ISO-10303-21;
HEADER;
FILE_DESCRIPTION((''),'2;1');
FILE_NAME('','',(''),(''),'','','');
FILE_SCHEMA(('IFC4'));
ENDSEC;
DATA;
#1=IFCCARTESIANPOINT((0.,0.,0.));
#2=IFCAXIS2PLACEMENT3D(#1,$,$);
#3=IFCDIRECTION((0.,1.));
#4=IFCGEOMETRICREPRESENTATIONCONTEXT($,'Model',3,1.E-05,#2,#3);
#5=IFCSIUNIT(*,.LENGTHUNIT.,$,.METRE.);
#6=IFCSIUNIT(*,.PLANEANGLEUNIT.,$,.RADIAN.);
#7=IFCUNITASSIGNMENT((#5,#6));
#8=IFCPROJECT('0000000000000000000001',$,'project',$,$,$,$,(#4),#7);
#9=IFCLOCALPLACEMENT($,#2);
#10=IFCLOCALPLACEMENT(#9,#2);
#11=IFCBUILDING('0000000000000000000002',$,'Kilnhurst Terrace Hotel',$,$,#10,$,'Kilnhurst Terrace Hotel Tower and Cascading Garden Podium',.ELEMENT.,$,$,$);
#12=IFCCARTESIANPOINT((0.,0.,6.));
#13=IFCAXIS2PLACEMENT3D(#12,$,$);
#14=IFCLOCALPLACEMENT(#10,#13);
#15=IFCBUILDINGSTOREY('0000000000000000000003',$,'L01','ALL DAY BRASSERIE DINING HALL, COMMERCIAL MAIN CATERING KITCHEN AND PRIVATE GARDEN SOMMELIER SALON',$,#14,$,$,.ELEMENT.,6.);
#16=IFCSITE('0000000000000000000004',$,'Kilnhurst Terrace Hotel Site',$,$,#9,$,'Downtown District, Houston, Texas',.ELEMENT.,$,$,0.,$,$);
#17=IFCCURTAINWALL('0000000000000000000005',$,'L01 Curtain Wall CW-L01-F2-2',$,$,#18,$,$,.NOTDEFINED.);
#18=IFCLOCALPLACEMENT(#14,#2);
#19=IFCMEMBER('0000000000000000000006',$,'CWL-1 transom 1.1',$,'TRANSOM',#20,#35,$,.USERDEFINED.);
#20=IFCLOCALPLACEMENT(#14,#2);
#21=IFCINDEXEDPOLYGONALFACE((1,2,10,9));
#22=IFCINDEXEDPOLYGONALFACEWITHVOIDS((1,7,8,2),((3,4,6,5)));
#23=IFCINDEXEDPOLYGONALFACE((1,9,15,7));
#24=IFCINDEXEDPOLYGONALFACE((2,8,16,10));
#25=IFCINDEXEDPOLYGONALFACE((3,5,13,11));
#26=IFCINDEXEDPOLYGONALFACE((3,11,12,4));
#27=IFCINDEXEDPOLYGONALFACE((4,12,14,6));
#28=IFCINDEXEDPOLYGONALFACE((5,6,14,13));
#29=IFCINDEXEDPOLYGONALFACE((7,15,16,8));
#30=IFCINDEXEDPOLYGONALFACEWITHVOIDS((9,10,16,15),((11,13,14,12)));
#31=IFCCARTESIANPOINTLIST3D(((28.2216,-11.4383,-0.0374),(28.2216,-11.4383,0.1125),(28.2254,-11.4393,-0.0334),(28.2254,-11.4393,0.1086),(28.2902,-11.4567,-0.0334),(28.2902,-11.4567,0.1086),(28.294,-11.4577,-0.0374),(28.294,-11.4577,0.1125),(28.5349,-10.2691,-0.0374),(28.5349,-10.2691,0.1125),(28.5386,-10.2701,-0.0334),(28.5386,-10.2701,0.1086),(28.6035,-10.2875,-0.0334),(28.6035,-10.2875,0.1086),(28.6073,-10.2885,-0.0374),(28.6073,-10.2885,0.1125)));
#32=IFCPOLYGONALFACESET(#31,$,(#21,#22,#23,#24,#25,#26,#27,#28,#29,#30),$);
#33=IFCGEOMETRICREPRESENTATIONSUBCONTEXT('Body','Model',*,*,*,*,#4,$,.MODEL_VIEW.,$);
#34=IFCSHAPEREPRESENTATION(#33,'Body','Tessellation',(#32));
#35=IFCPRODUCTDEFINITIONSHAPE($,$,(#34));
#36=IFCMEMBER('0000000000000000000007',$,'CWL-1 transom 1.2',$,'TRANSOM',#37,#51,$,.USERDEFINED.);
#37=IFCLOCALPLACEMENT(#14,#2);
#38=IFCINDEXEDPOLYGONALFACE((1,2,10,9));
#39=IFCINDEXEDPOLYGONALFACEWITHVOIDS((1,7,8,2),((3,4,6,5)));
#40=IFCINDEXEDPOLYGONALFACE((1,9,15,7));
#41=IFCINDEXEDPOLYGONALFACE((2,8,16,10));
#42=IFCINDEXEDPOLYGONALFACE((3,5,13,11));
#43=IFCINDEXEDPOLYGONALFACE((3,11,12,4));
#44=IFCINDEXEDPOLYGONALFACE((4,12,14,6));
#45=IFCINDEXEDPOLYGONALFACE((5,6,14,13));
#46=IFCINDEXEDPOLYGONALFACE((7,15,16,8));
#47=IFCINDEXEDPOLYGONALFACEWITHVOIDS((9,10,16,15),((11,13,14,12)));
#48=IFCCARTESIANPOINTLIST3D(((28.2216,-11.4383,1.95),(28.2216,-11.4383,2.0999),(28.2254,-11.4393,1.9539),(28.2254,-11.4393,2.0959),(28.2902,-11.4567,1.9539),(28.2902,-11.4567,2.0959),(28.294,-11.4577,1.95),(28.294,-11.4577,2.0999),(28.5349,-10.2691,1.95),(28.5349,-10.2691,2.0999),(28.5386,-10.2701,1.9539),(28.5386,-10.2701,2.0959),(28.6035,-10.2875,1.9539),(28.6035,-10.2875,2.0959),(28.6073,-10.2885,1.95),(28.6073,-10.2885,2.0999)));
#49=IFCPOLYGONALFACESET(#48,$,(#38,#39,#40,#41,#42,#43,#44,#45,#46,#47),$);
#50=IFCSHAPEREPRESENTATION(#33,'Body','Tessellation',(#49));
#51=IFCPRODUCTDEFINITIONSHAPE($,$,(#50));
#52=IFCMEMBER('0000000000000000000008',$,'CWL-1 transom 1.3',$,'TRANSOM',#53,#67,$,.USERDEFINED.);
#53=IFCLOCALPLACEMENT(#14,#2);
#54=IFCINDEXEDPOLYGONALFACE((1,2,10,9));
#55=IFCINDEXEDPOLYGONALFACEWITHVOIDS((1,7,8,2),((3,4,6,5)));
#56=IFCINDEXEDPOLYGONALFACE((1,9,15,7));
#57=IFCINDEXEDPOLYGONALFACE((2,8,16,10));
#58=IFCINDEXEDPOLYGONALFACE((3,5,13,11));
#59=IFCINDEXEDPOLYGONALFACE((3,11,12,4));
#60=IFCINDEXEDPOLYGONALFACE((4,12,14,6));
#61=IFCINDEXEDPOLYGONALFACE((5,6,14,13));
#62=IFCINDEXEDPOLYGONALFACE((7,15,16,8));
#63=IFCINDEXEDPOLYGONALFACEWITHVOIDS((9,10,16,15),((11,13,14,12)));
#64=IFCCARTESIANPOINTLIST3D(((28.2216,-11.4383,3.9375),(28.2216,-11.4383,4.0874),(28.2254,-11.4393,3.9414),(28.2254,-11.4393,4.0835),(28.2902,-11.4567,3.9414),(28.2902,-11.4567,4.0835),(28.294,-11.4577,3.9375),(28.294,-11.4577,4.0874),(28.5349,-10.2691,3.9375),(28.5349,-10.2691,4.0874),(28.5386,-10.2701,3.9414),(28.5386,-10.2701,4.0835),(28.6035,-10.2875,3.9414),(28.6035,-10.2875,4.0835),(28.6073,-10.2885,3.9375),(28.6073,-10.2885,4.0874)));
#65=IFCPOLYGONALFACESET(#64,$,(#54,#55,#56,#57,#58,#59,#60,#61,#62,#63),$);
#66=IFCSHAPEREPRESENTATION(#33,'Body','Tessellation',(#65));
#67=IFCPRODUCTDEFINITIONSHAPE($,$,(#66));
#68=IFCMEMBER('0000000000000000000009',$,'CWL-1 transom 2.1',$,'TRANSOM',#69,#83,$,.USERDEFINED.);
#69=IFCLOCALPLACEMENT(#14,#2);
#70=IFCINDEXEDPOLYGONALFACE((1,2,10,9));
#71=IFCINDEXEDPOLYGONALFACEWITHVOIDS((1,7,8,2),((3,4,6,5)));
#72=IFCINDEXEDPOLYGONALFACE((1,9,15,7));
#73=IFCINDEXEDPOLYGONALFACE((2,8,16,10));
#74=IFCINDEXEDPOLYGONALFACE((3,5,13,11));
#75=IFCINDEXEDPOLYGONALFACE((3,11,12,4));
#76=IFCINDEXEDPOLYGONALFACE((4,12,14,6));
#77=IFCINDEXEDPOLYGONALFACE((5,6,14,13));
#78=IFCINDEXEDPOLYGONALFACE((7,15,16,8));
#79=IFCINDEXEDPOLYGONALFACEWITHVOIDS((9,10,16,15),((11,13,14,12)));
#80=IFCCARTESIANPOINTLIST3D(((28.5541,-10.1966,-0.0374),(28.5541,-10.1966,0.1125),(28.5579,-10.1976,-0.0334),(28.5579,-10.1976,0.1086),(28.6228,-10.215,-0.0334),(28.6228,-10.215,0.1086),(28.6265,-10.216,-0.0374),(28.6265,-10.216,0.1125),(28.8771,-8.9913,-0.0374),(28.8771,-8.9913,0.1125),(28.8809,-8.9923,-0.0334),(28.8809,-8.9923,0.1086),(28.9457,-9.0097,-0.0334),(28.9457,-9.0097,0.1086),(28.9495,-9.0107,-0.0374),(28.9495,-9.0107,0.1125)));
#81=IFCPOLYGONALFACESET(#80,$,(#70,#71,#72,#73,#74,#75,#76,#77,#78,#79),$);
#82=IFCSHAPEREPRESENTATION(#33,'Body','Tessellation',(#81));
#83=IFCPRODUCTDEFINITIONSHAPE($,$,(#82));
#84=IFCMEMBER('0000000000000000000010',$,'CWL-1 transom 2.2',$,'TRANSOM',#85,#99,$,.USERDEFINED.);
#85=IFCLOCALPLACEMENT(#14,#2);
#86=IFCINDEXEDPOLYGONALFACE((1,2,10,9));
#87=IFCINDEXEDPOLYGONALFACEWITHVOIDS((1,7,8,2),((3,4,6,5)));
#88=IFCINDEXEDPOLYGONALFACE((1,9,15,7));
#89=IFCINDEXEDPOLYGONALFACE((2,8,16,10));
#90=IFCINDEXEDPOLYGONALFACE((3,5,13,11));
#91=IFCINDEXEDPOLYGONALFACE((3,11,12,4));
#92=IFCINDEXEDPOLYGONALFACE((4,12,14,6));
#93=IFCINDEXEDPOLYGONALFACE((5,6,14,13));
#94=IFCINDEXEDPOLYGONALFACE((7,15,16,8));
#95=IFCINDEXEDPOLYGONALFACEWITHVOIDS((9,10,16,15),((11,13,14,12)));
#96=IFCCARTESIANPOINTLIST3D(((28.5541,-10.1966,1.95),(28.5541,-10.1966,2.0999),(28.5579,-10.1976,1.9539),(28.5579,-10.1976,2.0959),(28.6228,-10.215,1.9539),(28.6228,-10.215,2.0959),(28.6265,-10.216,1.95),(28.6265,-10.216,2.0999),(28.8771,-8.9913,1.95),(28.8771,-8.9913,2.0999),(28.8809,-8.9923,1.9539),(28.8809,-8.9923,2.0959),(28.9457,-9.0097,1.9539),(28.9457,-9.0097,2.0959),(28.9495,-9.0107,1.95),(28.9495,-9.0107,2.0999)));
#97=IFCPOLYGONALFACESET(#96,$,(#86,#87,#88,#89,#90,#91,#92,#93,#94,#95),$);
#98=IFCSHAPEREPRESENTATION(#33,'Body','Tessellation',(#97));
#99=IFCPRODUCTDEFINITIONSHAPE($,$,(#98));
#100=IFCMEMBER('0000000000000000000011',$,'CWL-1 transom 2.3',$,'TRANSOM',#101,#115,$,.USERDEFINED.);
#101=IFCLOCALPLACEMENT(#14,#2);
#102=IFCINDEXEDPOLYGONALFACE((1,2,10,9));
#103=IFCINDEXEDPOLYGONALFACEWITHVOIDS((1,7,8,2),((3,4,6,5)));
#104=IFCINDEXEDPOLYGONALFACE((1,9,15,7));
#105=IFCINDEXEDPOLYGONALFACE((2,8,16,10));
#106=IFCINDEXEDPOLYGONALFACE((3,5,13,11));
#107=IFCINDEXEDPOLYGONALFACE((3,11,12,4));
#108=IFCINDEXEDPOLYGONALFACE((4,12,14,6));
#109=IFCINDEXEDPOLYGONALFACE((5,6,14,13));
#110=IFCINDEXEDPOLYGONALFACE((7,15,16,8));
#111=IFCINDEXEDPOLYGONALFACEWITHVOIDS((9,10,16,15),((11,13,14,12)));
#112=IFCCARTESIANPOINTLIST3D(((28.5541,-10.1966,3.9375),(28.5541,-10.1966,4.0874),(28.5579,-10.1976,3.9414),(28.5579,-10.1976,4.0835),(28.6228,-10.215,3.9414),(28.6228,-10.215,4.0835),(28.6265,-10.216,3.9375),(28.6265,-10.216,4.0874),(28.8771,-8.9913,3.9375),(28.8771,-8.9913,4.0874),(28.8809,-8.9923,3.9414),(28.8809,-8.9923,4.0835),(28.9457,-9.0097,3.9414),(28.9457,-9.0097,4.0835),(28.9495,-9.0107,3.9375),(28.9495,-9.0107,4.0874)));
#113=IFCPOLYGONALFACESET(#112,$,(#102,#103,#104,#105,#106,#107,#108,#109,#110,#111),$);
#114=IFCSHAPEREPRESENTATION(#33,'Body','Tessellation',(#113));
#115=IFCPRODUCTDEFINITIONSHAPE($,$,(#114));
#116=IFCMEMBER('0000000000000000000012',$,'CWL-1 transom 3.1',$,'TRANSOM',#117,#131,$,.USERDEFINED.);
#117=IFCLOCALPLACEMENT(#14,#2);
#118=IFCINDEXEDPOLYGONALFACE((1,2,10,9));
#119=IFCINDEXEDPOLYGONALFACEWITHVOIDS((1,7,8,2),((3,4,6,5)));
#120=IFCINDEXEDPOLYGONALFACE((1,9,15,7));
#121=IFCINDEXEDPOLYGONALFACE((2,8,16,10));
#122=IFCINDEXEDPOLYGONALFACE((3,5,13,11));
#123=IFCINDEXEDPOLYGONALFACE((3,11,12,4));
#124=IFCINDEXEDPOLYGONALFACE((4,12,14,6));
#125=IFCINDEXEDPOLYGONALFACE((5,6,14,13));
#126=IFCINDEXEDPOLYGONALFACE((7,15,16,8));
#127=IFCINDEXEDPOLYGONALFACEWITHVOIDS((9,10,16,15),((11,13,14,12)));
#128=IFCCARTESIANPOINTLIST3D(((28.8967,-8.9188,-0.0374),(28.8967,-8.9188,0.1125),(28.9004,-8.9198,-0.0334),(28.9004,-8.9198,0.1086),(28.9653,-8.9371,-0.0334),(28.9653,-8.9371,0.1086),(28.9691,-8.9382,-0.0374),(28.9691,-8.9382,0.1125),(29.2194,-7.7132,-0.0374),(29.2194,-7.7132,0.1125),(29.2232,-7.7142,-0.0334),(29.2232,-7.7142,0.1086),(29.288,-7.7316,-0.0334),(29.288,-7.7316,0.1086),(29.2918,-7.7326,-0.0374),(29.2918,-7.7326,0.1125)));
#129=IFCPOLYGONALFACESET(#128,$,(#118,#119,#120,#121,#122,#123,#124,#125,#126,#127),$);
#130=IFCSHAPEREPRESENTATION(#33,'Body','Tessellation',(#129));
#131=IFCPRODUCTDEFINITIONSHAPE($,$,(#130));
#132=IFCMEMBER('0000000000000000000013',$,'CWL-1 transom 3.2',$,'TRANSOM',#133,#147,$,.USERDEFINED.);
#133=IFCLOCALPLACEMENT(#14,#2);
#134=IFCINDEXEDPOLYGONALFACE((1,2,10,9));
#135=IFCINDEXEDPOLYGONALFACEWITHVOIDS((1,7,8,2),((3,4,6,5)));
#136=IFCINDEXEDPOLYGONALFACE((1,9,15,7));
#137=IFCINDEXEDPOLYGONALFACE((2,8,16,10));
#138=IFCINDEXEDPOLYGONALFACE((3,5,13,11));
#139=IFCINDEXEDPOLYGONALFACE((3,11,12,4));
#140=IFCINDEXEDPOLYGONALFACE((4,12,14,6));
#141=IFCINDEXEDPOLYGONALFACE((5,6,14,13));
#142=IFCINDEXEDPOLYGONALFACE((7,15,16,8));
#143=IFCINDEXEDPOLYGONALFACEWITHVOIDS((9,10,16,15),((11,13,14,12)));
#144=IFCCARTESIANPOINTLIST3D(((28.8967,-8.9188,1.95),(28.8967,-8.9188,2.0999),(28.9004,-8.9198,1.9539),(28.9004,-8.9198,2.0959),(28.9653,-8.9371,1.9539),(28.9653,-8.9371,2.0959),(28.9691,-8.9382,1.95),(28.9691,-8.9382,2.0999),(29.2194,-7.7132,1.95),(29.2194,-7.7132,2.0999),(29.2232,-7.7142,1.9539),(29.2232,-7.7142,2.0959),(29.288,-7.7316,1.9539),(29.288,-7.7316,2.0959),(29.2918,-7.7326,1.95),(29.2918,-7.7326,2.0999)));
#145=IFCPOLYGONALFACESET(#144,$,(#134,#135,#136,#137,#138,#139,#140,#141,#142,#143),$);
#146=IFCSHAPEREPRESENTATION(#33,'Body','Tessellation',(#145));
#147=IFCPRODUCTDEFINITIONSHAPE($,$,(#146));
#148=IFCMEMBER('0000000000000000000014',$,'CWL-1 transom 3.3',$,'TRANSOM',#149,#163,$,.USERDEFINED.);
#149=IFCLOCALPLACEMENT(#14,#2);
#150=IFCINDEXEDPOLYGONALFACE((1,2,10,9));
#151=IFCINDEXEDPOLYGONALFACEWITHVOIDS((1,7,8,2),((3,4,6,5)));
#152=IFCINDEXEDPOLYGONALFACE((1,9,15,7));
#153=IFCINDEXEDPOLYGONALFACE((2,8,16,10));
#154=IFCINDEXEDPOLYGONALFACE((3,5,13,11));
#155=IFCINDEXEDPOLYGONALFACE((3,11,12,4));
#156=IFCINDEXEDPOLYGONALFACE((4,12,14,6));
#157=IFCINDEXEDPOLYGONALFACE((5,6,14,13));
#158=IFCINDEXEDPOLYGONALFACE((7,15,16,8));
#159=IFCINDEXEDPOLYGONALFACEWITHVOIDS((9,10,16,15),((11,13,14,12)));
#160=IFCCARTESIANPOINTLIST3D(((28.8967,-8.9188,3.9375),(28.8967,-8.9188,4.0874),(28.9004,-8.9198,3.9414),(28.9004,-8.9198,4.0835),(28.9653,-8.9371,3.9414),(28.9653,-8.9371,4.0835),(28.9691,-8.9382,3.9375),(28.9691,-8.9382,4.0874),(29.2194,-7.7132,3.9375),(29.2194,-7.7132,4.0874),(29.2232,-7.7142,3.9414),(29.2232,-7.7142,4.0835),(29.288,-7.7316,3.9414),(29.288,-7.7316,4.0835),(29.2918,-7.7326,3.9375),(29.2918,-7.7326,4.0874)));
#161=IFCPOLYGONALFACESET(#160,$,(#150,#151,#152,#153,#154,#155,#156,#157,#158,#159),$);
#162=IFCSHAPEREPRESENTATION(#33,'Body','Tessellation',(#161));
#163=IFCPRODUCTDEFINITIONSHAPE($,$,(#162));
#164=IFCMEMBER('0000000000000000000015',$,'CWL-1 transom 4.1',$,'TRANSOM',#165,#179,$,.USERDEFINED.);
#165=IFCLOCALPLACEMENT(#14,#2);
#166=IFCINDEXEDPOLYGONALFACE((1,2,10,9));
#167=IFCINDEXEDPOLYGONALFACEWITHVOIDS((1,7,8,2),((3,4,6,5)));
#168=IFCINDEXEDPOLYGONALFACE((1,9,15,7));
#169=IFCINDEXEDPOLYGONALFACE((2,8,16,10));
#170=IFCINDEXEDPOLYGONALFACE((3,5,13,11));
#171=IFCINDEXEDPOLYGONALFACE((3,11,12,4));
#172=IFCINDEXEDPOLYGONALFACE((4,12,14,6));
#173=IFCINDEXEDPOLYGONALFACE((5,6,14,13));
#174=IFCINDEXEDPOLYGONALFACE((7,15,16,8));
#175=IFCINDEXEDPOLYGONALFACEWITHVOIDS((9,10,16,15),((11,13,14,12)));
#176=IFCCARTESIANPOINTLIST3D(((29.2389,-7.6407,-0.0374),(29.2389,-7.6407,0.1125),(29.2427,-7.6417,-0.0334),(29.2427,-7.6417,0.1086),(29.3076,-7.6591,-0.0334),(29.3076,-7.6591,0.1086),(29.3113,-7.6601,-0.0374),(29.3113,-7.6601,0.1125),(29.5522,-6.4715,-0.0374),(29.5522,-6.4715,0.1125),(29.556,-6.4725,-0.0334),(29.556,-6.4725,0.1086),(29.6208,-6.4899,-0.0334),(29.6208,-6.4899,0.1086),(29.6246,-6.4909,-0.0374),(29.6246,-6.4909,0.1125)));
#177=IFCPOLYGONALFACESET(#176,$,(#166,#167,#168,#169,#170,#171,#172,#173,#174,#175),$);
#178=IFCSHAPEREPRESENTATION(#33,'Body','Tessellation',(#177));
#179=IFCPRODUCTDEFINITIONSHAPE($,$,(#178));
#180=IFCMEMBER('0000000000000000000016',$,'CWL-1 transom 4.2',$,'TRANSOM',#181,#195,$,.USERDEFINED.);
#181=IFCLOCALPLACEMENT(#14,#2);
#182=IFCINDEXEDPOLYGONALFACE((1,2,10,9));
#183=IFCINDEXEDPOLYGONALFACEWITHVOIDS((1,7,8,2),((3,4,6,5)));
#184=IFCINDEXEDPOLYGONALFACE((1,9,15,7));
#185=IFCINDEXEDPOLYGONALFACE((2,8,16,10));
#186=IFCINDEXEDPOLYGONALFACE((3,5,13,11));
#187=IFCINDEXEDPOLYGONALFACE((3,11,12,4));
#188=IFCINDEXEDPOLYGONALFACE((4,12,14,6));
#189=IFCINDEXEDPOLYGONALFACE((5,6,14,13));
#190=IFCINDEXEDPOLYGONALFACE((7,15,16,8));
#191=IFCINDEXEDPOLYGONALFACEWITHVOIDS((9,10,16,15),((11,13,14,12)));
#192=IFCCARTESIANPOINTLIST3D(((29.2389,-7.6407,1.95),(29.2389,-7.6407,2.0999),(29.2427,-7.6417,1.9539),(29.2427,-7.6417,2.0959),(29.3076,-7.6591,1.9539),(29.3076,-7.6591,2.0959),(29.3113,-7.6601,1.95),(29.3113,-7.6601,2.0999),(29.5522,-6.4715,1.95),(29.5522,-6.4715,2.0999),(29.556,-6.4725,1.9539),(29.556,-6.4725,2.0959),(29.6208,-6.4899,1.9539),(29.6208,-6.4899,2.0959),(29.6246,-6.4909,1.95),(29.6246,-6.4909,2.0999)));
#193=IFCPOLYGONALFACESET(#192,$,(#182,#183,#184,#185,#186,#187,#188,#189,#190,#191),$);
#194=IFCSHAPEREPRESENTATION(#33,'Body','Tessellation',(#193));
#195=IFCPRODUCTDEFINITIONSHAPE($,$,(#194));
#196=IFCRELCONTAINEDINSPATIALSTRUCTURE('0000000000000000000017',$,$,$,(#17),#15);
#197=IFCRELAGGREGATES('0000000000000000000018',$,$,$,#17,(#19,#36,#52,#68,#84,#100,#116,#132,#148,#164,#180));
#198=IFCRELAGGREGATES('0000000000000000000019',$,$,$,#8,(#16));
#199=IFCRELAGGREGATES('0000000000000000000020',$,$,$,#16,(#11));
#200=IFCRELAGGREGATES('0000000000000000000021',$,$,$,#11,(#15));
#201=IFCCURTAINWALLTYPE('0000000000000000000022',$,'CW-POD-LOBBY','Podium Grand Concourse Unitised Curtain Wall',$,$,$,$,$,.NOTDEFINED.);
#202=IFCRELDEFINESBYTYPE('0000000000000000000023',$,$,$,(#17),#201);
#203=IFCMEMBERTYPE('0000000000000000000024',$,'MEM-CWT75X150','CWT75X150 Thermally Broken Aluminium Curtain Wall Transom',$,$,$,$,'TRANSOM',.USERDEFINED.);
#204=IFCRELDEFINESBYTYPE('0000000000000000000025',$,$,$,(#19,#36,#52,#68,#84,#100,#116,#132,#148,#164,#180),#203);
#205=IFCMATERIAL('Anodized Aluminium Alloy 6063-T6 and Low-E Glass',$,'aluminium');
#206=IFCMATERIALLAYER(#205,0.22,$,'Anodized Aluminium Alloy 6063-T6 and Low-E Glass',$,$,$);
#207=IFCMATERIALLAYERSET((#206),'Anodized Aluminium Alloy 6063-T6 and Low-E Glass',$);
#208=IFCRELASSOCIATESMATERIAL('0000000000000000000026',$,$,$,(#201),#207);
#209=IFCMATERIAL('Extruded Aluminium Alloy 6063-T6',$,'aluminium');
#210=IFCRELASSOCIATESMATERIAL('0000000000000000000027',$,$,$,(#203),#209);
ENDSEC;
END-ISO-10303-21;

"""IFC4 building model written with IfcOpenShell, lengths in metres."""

from ifc_helpers import new_model, si_unit, direction, frame, origin, origin_2d, place, context, subcontext, project, spatial, hollow_rectangle, extrude, material, layer, layer_set, material_profile, profile_set, type_object, element, aggregate, save


model = new_model("IFC4")

# Units and contexts
model_context = context("Model", 3, precision=1e-05, world=origin(), true_north=direction((0.0, 1.0)))
body_context = subcontext(model_context, "Body", "Model", "MODEL_VIEW")
ifc_project = project(units=[si_unit("LENGTHUNIT", "METRE"), si_unit("PLANEANGLEUNIT", "RADIAN")], contexts=[model_context])

# Site, building, storey
site_placement = place(None, origin())
site = spatial("IfcSite", under=ifc_project, at=site_placement, Name="Kilnhurst Terrace Hotel Site", LongName="Downtown District, Houston, Texas", CompositionType="ELEMENT", RefElevation=0.0)
building_placement = place(site_placement, origin())
building = spatial("IfcBuilding", under=site, at=building_placement, Name="Kilnhurst Terrace Hotel", LongName="Kilnhurst Terrace Hotel Tower and Cascading Garden Podium", CompositionType="ELEMENT")
storey_placement = place(building_placement, frame((0.0, 0.0, 6.0)))
storey = spatial("IfcBuildingStorey", under=building, at=storey_placement, Name="L01", Description="ALL DAY BRASSERIE DINING HALL, COMMERCIAL MAIN CATERING KITCHEN AND PRIVATE GARDEN SOMMELIER SALON", CompositionType="ELEMENT", Elevation=6.0)

# Curtain wall, members
ifc_material_1 = material(Name="Anodized Aluminium Alloy 6063-T6 and Low-E Glass", Category="aluminium")
ifc_layer_1 = layer(ifc_material_1, 0.22, Name="Anodized Aluminium Alloy 6063-T6 and Low-E Glass")
ifc_layer_set_1 = layer_set([ifc_layer_1], Name="Anodized Aluminium Alloy 6063-T6 and Low-E Glass")
curtain_wall_type = type_object("IfcCurtainWallType", Name="CW-POD-LOBBY", Description="Podium Grand Concourse Unitised Curtain Wall", PredefinedType="NOTDEFINED", material=ifc_layer_set_1)
curtain_wall_placement = place(storey_placement, origin())
curtain_wall = element("IfcCurtainWall", 1, at=curtain_wall_placement, inside=storey, type_object=curtain_wall_type, Name="L01 Curtain Wall CW-L01-F2-2", PredefinedType="NOTDEFINED")
ifc_material_2 = material(Name="Extruded Aluminium Alloy 6063-T6", Category="aluminium")
ifc_material_profile_1 = material_profile(ifc_material_2, hollow_rectangle(XDim=0.075, YDim=0.1499, WallThickness=0.0039, at=origin_2d()), Name="CWT75X150")
ifc_profile_set_1 = profile_set([ifc_material_profile_1], Name="Extruded Aluminium Alloy 6063-T6")
member_type_1 = type_object("IfcMemberType", Name="MEM-CWT75X150", Description="CWT75X150 Thermally Broken Aluminium Curtain Wall Transom", ElementType="TRANSOM", PredefinedType="USERDEFINED", material=ifc_profile_set_1)
member_1_placement = place(storey_placement, frame((28.2578, -11.448, 0.0376), z_axis=(0.25878, 0.965936, 0.0), x_axis=(-0.965936, 0.25878, 0.0)))
member_1 = element("IfcMember", 2, at=member_1_placement, type_object=member_type_1, Name="CWL-1 transom 1.1", ObjectType="TRANSOM", PredefinedType="USERDEFINED", context=body_context, shape_type="SweptSolid", body=[
    extrude(hollow_rectangle(XDim=0.075, YDim=0.1499, WallThickness=0.0039, at=origin_2d()), origin(), (0.0, 0.0, 1.0), 1.2104),
])
member_2_placement = place(storey_placement, frame((28.2578, -11.448, 2.0249), z_axis=(0.25878, 0.965936, 0.0), x_axis=(-0.965936, 0.25878, 0.0)))
member_2 = element("IfcMember", 3, at=member_2_placement, type_object=member_type_1, Name="CWL-1 transom 1.2", ObjectType="TRANSOM", PredefinedType="USERDEFINED", context=body_context, shape_type="SweptSolid", body=[
    extrude(hollow_rectangle(XDim=0.075, YDim=0.1499, WallThickness=0.0039, at=origin_2d()), origin(), (0.0, 0.0, 1.0), 1.2104),
])
member_3_placement = place(storey_placement, frame((28.2578, -11.448, 4.0125), z_axis=(0.25878, 0.965936, 0.0), x_axis=(-0.965936, 0.25878, 0.0)))
member_3 = element("IfcMember", 4, at=member_3_placement, type_object=member_type_1, Name="CWL-1 transom 1.3", ObjectType="TRANSOM", PredefinedType="USERDEFINED", context=body_context, shape_type="SweptSolid", body=[
    extrude(hollow_rectangle(XDim=0.075, YDim=0.1499, WallThickness=0.0039, at=origin_2d()), origin(), (0.0, 0.0, 1.0), 1.2104),
])
member_4_placement = place(storey_placement, frame((28.5903, -10.2063, 0.0376), z_axis=(0.258844, 0.965919, 0.0), x_axis=(-0.965919, 0.258844, 0.0)))
member_4 = element("IfcMember", 5, at=member_4_placement, type_object=member_type_1, Name="CWL-1 transom 2.1", ObjectType="TRANSOM", PredefinedType="USERDEFINED", context=body_context, shape_type="SweptSolid", body=[
    extrude(hollow_rectangle(XDim=0.075, YDim=0.1499, WallThickness=0.0039, at=origin_2d()), origin(), (0.0, 0.0, 1.0), 1.2478),
])
member_5_placement = place(storey_placement, frame((28.5903, -10.2063, 2.0249), z_axis=(0.258844, 0.965919, 0.0), x_axis=(-0.965919, 0.258844, 0.0)))
member_5 = element("IfcMember", 6, at=member_5_placement, type_object=member_type_1, Name="CWL-1 transom 2.2", ObjectType="TRANSOM", PredefinedType="USERDEFINED", context=body_context, shape_type="SweptSolid", body=[
    extrude(hollow_rectangle(XDim=0.075, YDim=0.1499, WallThickness=0.0039, at=origin_2d()), origin(), (0.0, 0.0, 1.0), 1.2478),
])
member_6_placement = place(storey_placement, frame((28.5903, -10.2063, 4.0125), z_axis=(0.258844, 0.965919, 0.0), x_axis=(-0.965919, 0.258844, 0.0)))
member_6 = element("IfcMember", 7, at=member_6_placement, type_object=member_type_1, Name="CWL-1 transom 2.3", ObjectType="TRANSOM", PredefinedType="USERDEFINED", context=body_context, shape_type="SweptSolid", body=[
    extrude(hollow_rectangle(XDim=0.075, YDim=0.1499, WallThickness=0.0039, at=origin_2d()), origin(), (0.0, 0.0, 1.0), 1.2478),
])
member_7_placement = place(storey_placement, frame((28.9329, -8.9285, 0.0376), z_axis=(0.258612, 0.965981, 0.0), x_axis=(-0.965981, 0.258612, 0.0)))
member_7 = element("IfcMember", 8, at=member_7_placement, type_object=member_type_1, Name="CWL-1 transom 3.1", ObjectType="TRANSOM", PredefinedType="USERDEFINED", context=body_context, shape_type="SweptSolid", body=[
    extrude(hollow_rectangle(XDim=0.075, YDim=0.1499, WallThickness=0.0039, at=origin_2d()), origin(), (0.0, 0.0, 1.0), 1.248),
])
member_8_placement = place(storey_placement, frame((28.9329, -8.9285, 2.0249), z_axis=(0.258612, 0.965981, 0.0), x_axis=(-0.965981, 0.258612, 0.0)))
member_8 = element("IfcMember", 9, at=member_8_placement, type_object=member_type_1, Name="CWL-1 transom 3.2", ObjectType="TRANSOM", PredefinedType="USERDEFINED", context=body_context, shape_type="SweptSolid", body=[
    extrude(hollow_rectangle(XDim=0.075, YDim=0.1499, WallThickness=0.0039, at=origin_2d()), origin(), (0.0, 0.0, 1.0), 1.248),
])
member_9_placement = place(storey_placement, frame((28.9329, -8.9285, 4.0125), z_axis=(0.258612, 0.965981, 0.0), x_axis=(-0.965981, 0.258612, 0.0)))
member_9 = element("IfcMember", 10, at=member_9_placement, type_object=member_type_1, Name="CWL-1 transom 3.3", ObjectType="TRANSOM", PredefinedType="USERDEFINED", context=body_context, shape_type="SweptSolid", body=[
    extrude(hollow_rectangle(XDim=0.075, YDim=0.1499, WallThickness=0.0039, at=origin_2d()), origin(), (0.0, 0.0, 1.0), 1.248),
])
member_10_placement = place(storey_placement, frame((29.2751, -7.6504, 0.0376), z_axis=(0.25878, 0.965936, 0.0), x_axis=(-0.965936, 0.25878, 0.0)))
member_10 = element("IfcMember", 11, at=member_10_placement, type_object=member_type_1, Name="CWL-1 transom 4.1", ObjectType="TRANSOM", PredefinedType="USERDEFINED", context=body_context, shape_type="SweptSolid", body=[
    extrude(hollow_rectangle(XDim=0.075, YDim=0.1499, WallThickness=0.0039, at=origin_2d()), origin(), (0.0, 0.0, 1.0), 1.2104),
])
member_11_placement = place(storey_placement, frame((29.2751, -7.6504, 2.0249), z_axis=(0.25878, 0.965936, 0.0), x_axis=(-0.965936, 0.25878, 0.0)))
member_11 = element("IfcMember", 12, at=member_11_placement, type_object=member_type_1, Name="CWL-1 transom 4.2", ObjectType="TRANSOM", PredefinedType="USERDEFINED", context=body_context, shape_type="SweptSolid", body=[
    extrude(hollow_rectangle(XDim=0.075, YDim=0.1499, WallThickness=0.0039, at=origin_2d()), origin(), (0.0, 0.0, 1.0), 1.2104),
])
aggregate(curtain_wall, [member_1, member_2, member_3, member_4, member_5, member_6, member_7, member_8, member_9, member_10, member_11])

save(model, "model.ifc")
